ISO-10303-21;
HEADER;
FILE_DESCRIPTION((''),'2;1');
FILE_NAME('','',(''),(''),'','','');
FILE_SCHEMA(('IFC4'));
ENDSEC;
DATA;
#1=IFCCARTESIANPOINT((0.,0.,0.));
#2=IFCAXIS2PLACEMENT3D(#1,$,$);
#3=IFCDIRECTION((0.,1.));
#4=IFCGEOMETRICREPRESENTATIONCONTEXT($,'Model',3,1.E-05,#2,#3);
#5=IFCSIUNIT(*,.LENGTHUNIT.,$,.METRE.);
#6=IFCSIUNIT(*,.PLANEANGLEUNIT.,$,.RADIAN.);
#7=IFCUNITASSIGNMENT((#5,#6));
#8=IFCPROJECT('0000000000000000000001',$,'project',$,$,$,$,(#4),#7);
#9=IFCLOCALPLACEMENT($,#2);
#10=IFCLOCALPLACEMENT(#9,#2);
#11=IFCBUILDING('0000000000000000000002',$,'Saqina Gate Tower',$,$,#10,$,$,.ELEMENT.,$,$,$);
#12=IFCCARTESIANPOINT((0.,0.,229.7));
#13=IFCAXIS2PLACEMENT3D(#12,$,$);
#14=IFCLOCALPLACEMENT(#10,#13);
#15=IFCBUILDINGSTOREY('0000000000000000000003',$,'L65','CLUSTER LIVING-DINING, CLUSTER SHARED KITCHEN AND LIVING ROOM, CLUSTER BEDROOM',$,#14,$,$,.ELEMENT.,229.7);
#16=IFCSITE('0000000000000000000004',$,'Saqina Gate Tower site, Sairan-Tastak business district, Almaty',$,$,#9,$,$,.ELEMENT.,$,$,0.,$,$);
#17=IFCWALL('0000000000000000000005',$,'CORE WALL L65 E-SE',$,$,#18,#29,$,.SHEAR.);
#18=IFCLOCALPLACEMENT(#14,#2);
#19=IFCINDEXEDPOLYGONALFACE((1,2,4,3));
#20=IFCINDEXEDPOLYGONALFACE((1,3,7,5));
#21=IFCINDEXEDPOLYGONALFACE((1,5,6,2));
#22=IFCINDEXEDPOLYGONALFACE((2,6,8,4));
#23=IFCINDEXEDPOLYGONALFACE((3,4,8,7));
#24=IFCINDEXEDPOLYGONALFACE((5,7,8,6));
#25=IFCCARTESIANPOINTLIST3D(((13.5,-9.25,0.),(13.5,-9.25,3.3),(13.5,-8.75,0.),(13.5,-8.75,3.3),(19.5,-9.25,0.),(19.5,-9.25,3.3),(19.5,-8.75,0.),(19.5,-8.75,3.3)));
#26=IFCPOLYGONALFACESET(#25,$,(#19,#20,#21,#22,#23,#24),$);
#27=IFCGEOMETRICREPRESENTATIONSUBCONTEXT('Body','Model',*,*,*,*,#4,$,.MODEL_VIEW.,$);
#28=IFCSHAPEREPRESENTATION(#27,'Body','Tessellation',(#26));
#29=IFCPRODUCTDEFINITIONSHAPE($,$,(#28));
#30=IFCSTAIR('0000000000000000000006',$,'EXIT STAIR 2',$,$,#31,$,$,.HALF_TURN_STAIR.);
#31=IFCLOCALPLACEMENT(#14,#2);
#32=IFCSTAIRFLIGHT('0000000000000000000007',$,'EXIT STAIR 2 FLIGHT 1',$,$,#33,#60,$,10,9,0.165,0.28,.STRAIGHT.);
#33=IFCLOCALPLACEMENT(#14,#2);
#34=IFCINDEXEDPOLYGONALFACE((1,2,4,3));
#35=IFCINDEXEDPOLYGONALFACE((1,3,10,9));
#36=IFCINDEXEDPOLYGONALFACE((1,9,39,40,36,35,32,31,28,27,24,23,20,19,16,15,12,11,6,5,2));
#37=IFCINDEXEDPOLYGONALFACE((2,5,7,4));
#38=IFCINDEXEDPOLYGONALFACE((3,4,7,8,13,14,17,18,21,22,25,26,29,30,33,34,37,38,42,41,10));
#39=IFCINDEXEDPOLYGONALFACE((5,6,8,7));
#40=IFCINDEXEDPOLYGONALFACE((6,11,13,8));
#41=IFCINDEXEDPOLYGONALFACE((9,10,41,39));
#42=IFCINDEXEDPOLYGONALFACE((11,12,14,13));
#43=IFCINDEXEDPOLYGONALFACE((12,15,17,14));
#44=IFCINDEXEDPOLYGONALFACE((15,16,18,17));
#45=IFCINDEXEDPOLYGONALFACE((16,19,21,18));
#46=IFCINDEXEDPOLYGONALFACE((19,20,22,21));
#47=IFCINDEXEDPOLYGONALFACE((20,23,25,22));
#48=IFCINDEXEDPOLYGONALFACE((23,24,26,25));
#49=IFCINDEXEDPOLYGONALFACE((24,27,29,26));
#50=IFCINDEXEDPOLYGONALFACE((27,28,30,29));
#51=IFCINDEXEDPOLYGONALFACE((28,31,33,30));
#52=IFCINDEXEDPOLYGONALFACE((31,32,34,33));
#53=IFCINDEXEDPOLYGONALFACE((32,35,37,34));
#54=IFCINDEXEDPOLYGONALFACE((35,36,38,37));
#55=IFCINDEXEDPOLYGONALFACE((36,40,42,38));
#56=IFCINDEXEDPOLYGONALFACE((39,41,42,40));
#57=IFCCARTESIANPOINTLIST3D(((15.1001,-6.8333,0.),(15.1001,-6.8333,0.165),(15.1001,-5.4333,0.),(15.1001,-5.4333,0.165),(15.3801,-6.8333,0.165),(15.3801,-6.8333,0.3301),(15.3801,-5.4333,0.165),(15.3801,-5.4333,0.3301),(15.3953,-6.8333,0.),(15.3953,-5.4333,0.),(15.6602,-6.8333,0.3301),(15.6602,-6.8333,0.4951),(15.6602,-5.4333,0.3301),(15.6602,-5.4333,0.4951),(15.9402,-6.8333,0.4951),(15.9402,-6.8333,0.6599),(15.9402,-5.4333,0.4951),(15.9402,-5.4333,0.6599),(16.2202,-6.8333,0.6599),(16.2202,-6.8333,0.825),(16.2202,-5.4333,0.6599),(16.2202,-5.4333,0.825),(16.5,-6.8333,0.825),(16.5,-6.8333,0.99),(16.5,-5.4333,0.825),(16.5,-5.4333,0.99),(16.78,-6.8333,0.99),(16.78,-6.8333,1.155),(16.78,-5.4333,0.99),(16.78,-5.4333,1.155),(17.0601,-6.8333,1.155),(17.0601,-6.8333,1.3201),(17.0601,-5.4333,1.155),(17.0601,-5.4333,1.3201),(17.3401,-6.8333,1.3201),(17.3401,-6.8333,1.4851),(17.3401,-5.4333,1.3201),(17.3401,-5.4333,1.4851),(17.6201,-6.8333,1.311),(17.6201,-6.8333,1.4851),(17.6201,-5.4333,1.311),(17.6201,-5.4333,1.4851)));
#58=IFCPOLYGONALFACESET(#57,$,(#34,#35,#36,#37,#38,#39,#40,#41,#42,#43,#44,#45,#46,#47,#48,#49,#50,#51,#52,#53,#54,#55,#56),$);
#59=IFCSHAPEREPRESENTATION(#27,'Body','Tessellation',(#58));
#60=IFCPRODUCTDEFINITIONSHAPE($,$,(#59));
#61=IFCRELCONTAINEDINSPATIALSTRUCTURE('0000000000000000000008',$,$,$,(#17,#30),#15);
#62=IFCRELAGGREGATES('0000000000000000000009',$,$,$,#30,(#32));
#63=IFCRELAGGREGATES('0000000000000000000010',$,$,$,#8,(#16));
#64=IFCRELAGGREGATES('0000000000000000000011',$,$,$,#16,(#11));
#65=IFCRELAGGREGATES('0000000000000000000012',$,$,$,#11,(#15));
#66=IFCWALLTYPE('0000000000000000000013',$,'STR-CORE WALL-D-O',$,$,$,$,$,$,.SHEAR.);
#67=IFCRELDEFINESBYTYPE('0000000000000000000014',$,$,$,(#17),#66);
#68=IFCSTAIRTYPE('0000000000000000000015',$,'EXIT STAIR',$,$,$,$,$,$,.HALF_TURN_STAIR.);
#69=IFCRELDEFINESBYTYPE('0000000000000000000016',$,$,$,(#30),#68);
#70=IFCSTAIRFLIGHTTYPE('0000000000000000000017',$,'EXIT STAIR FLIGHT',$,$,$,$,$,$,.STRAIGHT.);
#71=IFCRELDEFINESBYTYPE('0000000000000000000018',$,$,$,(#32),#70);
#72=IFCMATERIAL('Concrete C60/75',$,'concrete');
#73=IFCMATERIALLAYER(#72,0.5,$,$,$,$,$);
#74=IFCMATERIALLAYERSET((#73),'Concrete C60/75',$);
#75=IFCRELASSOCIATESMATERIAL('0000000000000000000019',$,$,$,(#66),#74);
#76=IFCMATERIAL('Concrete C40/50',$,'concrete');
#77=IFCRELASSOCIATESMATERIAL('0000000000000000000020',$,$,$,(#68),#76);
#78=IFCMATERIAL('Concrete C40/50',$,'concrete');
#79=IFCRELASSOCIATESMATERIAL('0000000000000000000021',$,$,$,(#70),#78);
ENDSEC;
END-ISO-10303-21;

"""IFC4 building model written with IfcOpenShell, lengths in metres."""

from ifc_helpers import new_model, si_unit, direction, frame, frame_2d, origin, place, context, subcontext, project, spatial, polyline, rectangle, outline, extrude, material, layer, layer_set, type_object, element, aggregate, save


model = new_model("IFC4")

# Units and contexts
model_context = context("Model", 3, precision=1e-05, world=origin(), true_north=direction((0.0, 1.0)))
body_context = subcontext(model_context, "Body", "Model", "MODEL_VIEW")
ifc_project = project(units=[si_unit("LENGTHUNIT", "METRE"), si_unit("PLANEANGLEUNIT", "RADIAN")], contexts=[model_context])

# Site, building, storey
site_placement = place(None, origin())
site = spatial("IfcSite", under=ifc_project, at=site_placement, Name="Saqina Gate Tower site, Sairan-Tastak business district, Almaty", CompositionType="ELEMENT", RefElevation=0.0)
building_placement = place(site_placement, origin())
building = spatial("IfcBuilding", under=site, at=building_placement, Name="Saqina Gate Tower", CompositionType="ELEMENT")
storey_placement = place(building_placement, frame((0.0, 0.0, 229.7)))
storey = spatial("IfcBuildingStorey", under=building, at=storey_placement, Name="L65", Description="CLUSTER LIVING-DINING, CLUSTER SHARED KITCHEN AND LIVING ROOM, CLUSTER BEDROOM", CompositionType="ELEMENT", Elevation=229.7)

# Shared definitions
ifc_material_1 = material(Name="Concrete C60/75", Category="concrete")
ifc_layer_1 = layer(ifc_material_1, 0.5)
ifc_layer_set_1 = layer_set([ifc_layer_1], Name="Concrete C60/75")
wall_type_1 = type_object("IfcWallType", Name="STR-CORE WALL-D-O", PredefinedType="SHEAR", material=ifc_layer_set_1)

# Wall
wall_1_placement = place(storey_placement, frame((13.5, -9.0, 0.0), z_axis=(0.0, 0.0, 1.0), x_axis=(1.0, 0.0, 0.0)))
element("IfcWall", 1, at=wall_1_placement, inside=storey, type_object=wall_type_1, Name="CORE WALL L65 E-SE", PredefinedType="SHEAR", context=body_context, shape_type="SweptSolid", body=[
    extrude(rectangle(XDim=6.0, YDim=0.5, at=frame_2d((3.0, 0.0))), origin(), (0.0, 0.0, 1.0), 3.3),
])

# Stair, stair flight
ifc_material_2 = material(Name="Concrete C40/50", Category="concrete")
stair_type = type_object("IfcStairType", Name="EXIT STAIR", PredefinedType="HALF_TURN_STAIR", material=ifc_material_2)
stair_placement = place(storey_placement, origin())
stair = element("IfcStair", 2, at=stair_placement, inside=storey, type_object=stair_type, Name="EXIT STAIR 2", PredefinedType="HALF_TURN_STAIR")
ifc_material_3 = material(Name="Concrete C40/50", Category="concrete")
stair_flight_type = type_object("IfcStairFlightType", Name="EXIT STAIR FLIGHT", PredefinedType="STRAIGHT", material=ifc_material_3)
stair_flight_placement = place(storey_placement, frame((15.1001, -6.1333, 0.0), z_axis=(0.0, 0.0, 1.0), x_axis=(1.0, 0.0, 0.0)))
stair_flight = element("IfcStairFlight", 3, at=stair_flight_placement, type_object=stair_flight_type, Name="EXIT STAIR 2 FLIGHT 1", NumberOfRisers=10, NumberOfTreads=9, PredefinedType="STRAIGHT", RiserHeight=0.165, TreadLength=0.28, context=body_context, shape_type="SweptSolid", body=[
    extrude(outline(polyline([(0.0, 0.0), (0.0, 0.165), (0.28, 0.165), (0.28, 0.3301), (0.5601, 0.3301), (0.5601, 0.4951), (0.8401, 0.4951), (0.8401, 0.6599), (1.1201, 0.6599), (1.1201, 0.825), (1.3999, 0.825), (1.3999, 0.99), (1.6799, 0.99), (1.6799, 1.155), (1.96, 1.155), (1.96, 1.3201), (2.24, 1.3201), (2.24, 1.4851), (2.52, 1.4851), (2.52, 1.6499), (2.52, 1.311), (0.2952, 0.0), (0.0, 0.0)])), frame((0.0, 0.7, 0.0), z_axis=(0.0, -1.0, 0.0), x_axis=(1.0, 0.0, 0.0)), (0.0, 0.0, 1.0), 1.3999),
])
aggregate(stair, [stair_flight])

save(model, "model.ifc")
